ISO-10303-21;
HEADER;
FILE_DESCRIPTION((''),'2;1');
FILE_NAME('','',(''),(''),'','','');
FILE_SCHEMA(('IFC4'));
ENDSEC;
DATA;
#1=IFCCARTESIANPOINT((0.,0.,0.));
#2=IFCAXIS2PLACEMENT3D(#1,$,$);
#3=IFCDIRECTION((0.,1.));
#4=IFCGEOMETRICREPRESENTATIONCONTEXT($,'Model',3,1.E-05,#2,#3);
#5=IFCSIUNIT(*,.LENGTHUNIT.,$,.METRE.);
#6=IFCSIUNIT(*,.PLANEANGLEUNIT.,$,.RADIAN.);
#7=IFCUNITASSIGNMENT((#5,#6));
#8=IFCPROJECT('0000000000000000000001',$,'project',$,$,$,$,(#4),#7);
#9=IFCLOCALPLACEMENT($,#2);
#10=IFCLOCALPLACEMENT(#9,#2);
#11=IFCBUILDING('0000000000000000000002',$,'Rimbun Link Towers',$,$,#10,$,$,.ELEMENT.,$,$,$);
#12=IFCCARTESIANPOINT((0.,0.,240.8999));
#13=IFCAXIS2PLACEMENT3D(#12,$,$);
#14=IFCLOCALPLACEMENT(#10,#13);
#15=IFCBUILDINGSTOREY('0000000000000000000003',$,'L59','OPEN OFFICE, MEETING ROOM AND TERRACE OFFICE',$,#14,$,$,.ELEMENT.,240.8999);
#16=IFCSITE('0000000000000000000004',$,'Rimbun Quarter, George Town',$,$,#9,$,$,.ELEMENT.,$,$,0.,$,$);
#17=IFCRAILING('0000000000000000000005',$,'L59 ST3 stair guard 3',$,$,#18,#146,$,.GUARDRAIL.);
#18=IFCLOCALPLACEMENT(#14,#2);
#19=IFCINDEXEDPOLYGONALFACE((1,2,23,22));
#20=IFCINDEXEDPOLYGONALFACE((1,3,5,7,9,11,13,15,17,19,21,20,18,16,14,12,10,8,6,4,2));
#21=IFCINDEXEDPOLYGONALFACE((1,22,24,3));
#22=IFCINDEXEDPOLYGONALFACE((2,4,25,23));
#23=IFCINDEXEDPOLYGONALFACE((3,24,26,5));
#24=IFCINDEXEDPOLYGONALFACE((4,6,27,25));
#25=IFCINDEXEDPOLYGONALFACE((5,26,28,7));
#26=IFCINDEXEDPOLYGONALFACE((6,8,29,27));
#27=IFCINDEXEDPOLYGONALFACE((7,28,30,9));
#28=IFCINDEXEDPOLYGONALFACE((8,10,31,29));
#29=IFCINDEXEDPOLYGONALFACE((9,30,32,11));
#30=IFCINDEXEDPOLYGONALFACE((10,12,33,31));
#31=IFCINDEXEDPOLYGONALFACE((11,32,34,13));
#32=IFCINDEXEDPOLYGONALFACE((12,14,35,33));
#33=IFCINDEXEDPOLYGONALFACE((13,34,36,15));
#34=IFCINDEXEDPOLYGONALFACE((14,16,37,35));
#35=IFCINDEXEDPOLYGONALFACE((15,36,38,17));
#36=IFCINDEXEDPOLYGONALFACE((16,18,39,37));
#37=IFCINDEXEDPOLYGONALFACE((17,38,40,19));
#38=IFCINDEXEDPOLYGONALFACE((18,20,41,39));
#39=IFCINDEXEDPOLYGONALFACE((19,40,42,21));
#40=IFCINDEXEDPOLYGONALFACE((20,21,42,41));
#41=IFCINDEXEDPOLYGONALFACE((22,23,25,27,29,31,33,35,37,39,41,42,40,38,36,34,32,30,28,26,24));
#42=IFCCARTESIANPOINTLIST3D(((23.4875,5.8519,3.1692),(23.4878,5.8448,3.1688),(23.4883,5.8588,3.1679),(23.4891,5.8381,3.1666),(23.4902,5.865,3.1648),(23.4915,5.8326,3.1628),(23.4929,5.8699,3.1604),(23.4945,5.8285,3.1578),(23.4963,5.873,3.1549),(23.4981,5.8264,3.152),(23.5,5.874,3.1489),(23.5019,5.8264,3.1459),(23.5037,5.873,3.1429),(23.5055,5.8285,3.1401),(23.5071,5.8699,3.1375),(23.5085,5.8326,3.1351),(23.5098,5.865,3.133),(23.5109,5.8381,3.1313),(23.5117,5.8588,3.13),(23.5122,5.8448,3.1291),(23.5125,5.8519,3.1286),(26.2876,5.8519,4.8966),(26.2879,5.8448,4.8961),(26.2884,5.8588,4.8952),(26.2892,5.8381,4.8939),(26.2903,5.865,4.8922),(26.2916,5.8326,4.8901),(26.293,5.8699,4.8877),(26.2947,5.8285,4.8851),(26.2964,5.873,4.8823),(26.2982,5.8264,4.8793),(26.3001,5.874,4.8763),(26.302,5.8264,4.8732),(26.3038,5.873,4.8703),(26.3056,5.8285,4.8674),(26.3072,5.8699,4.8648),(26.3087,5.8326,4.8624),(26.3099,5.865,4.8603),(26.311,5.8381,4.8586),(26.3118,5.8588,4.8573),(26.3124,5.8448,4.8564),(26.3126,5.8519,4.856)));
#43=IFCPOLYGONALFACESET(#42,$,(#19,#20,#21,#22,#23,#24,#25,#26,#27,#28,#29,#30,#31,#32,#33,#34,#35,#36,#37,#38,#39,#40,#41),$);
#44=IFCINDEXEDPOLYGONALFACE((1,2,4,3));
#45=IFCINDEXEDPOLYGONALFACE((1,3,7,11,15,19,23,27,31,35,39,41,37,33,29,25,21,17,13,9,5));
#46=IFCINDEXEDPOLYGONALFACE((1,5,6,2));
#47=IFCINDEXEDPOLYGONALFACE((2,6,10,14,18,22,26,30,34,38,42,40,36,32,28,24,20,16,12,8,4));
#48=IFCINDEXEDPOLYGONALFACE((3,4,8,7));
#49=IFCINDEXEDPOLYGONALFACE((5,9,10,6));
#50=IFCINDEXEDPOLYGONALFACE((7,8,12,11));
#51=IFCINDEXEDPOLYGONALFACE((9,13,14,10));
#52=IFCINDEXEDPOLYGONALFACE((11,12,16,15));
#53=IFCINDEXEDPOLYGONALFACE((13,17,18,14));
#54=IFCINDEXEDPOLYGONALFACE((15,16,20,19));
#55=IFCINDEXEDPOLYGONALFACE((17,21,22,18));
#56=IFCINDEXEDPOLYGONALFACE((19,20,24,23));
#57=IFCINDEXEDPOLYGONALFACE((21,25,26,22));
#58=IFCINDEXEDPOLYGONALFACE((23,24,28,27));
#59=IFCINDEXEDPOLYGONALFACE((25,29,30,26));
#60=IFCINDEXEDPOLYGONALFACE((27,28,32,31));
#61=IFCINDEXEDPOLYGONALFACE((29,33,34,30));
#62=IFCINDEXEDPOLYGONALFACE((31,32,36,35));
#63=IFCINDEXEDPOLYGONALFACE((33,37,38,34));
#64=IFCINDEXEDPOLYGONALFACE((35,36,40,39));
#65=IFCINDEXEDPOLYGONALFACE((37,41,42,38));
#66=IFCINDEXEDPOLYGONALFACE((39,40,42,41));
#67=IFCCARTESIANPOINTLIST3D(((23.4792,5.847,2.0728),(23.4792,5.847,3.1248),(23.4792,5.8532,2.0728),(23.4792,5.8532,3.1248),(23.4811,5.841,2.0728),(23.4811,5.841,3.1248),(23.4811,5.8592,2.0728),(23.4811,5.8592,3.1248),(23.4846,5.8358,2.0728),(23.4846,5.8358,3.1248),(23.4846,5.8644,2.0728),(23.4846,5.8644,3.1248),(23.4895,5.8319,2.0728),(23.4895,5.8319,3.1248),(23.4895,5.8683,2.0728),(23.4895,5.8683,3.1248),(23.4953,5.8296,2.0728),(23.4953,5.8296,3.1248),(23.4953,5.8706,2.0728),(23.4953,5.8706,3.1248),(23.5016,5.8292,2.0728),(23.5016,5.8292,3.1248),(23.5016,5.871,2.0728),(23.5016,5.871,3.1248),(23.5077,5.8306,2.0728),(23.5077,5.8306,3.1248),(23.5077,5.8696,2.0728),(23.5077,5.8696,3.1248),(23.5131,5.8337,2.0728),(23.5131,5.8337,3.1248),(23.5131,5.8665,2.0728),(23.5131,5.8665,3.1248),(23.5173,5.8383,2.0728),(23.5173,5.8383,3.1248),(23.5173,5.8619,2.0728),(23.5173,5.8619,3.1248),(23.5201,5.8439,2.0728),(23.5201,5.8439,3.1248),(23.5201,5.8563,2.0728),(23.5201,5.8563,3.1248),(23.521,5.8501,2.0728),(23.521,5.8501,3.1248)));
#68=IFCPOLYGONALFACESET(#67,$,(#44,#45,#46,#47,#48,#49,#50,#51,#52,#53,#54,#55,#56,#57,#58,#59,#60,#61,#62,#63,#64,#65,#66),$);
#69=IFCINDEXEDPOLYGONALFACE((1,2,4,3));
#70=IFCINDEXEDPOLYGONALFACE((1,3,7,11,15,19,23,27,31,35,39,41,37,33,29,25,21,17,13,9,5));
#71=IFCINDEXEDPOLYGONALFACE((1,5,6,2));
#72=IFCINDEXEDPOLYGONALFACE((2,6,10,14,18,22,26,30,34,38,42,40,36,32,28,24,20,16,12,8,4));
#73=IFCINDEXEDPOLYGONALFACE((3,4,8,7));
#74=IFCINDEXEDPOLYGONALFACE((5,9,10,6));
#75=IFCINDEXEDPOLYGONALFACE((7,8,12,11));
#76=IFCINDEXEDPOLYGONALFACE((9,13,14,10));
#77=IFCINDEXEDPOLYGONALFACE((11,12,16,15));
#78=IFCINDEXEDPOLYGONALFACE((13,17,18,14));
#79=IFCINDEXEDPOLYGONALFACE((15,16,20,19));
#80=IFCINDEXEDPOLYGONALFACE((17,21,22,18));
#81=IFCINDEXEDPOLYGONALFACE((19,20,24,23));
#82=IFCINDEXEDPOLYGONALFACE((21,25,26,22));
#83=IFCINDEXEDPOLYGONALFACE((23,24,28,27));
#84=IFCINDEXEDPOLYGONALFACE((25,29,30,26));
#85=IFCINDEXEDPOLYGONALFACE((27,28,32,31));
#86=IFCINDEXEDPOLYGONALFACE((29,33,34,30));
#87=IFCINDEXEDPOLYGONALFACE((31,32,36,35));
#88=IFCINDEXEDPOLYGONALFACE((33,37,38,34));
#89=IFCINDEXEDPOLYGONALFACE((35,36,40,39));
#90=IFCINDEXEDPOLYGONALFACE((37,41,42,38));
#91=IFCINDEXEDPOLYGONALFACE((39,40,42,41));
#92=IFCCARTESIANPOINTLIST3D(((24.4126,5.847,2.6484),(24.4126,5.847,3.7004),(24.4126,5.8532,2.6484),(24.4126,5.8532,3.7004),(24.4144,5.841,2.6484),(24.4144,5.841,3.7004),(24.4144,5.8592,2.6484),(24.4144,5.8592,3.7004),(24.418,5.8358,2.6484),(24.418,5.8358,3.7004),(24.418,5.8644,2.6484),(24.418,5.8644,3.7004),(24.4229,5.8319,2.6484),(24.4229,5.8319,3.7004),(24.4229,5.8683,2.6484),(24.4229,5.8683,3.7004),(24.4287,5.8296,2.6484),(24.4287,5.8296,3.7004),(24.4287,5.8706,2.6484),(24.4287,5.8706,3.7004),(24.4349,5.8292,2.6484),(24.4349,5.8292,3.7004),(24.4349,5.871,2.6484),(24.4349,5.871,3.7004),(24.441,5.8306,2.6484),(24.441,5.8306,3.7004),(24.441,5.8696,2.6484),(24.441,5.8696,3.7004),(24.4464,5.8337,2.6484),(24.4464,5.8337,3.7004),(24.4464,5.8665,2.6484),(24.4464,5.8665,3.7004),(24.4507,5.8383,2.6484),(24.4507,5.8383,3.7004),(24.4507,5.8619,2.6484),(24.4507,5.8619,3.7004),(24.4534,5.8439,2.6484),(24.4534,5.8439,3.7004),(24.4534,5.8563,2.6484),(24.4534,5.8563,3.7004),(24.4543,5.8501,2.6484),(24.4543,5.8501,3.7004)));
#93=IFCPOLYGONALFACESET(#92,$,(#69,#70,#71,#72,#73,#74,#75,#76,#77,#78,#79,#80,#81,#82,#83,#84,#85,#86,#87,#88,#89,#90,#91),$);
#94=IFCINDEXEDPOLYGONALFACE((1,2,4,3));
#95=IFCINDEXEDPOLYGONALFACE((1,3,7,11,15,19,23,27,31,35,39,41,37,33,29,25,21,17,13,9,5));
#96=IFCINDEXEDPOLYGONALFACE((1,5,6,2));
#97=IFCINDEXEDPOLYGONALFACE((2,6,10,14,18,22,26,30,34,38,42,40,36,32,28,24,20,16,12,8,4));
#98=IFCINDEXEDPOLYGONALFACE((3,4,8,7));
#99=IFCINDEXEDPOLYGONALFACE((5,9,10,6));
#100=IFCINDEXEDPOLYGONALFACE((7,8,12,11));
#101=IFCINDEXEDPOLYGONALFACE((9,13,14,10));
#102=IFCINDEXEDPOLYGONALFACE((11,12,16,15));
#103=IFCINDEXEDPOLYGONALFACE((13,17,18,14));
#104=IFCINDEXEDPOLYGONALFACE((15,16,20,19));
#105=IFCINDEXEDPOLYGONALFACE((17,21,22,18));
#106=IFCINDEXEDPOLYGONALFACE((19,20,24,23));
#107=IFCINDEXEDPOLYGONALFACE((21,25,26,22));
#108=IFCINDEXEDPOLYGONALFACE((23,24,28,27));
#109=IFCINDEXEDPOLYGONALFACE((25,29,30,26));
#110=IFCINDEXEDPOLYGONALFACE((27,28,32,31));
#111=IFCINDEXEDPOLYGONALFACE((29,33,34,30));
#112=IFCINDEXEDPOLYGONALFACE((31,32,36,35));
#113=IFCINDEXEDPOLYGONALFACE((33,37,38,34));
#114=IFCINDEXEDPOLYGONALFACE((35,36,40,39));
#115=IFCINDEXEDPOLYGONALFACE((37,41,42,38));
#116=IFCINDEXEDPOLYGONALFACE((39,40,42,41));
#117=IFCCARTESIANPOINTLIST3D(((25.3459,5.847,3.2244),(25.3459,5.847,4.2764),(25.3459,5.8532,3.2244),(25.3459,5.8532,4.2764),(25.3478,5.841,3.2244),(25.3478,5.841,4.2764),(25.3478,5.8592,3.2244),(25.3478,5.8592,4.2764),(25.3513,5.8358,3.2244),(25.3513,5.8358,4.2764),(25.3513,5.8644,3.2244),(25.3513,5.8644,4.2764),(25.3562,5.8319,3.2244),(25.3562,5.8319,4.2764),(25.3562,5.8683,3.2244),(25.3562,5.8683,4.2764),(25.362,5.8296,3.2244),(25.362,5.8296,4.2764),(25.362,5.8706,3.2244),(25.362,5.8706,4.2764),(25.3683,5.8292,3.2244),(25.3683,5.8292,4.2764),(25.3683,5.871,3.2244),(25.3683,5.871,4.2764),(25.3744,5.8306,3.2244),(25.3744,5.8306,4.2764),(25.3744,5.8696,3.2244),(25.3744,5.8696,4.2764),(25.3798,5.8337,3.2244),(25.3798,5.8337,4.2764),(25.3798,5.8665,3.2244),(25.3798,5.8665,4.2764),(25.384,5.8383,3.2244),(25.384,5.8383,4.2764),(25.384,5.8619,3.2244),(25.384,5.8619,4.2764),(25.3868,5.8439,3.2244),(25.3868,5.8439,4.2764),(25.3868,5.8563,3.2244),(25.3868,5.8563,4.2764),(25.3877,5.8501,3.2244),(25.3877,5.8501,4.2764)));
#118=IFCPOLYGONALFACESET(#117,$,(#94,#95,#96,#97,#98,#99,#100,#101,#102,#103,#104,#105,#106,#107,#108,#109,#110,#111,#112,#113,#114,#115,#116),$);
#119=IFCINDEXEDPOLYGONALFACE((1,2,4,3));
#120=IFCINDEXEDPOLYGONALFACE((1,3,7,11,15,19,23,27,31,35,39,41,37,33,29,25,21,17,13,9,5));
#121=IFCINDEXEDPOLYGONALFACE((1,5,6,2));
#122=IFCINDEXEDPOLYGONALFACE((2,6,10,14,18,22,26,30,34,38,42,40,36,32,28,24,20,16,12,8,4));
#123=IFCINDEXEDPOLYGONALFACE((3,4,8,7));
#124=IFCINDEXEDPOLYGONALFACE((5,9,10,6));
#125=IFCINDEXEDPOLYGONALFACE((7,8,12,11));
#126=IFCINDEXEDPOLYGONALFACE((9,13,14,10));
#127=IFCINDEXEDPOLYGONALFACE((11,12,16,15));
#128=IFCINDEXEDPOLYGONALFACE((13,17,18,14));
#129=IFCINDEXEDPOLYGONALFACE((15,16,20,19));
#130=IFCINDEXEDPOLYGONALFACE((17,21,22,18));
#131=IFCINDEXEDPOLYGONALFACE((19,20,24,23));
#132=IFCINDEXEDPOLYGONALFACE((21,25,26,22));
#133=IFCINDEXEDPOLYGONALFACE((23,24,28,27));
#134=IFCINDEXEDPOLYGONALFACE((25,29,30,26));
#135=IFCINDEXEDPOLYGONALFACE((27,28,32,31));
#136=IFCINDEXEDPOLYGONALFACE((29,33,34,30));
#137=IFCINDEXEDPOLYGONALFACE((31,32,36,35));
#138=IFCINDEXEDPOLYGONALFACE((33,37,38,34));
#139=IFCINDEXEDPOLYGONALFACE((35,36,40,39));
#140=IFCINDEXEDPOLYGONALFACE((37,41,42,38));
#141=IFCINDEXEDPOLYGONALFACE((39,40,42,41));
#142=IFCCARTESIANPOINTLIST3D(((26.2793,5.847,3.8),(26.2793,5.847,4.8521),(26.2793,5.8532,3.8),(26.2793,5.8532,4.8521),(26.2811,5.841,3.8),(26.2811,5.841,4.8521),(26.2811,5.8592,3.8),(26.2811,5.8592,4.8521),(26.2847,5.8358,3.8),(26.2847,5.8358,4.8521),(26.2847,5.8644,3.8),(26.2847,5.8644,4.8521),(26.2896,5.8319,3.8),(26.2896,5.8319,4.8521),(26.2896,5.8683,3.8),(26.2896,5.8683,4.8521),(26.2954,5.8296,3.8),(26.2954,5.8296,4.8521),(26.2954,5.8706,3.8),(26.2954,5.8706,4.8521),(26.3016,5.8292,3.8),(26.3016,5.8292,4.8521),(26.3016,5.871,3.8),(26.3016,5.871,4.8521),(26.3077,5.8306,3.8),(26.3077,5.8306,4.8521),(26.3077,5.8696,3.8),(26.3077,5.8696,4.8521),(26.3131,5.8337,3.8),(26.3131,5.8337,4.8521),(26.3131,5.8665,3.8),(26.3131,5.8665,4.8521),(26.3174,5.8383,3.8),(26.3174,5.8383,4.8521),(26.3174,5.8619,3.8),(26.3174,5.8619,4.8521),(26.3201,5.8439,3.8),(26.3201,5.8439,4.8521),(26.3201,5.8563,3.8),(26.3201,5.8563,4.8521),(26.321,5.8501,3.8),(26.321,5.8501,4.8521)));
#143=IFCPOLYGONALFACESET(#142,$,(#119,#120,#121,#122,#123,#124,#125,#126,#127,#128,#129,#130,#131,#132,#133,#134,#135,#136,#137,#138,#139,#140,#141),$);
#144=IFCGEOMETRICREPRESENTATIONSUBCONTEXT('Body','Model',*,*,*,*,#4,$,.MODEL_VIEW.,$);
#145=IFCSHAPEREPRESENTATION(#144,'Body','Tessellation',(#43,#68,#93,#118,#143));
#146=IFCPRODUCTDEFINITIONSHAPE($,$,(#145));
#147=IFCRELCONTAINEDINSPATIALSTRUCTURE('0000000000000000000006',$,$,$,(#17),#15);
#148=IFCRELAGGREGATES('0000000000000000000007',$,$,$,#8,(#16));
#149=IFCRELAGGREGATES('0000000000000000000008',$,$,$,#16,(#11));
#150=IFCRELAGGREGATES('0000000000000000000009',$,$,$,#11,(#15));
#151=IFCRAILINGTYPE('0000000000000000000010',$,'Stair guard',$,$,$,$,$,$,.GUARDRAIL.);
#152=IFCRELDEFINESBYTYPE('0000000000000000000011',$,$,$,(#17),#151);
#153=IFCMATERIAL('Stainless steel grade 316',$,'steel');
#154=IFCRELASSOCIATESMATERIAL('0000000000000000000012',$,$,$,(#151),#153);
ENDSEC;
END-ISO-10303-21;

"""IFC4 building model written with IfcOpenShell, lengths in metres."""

from ifc_helpers import new_model, si_unit, direction, frame, origin, origin_2d, place, context, subcontext, project, spatial, circle, extrude, material, type_object, element, save


model = new_model("IFC4")

# Units and contexts
model_context = context("Model", 3, precision=1e-05, world=origin(), true_north=direction((0.0, 1.0)))
body_context = subcontext(model_context, "Body", "Model", "MODEL_VIEW")
ifc_project = project(units=[si_unit("LENGTHUNIT", "METRE"), si_unit("PLANEANGLEUNIT", "RADIAN")], contexts=[model_context])

# Site, building, storey
site_placement = place(None, origin())
site = spatial("IfcSite", under=ifc_project, at=site_placement, Name="Rimbun Quarter, George Town", CompositionType="ELEMENT", RefElevation=0.0)
building_placement = place(site_placement, origin())
building = spatial("IfcBuilding", under=site, at=building_placement, Name="Rimbun Link Towers", CompositionType="ELEMENT")
storey_placement = place(building_placement, frame((0.0, 0.0, 240.8999)))
storey = spatial("IfcBuildingStorey", under=building, at=storey_placement, Name="L59", Description="OPEN OFFICE, MEETING ROOM AND TERRACE OFFICE", CompositionType="ELEMENT", Elevation=240.8999)

# Railing
ifc_material_1 = material(Name="Stainless steel grade 316", Category="steel")
railing_type_1 = type_object("IfcRailingType", Name="Stair guard", PredefinedType="GUARDRAIL", material=ifc_material_1)
railing_1_placement = place(storey_placement, frame((23.5, 5.8501, 2.0728)))
element("IfcRailing", 1, at=railing_1_placement, inside=storey, type_object=railing_type_1, Name="L59 ST3 stair guard 3", PredefinedType="GUARDRAIL", context=body_context, shape_type="SweptSolid", body=[
    extrude(circle(Radius=0.0239, at=origin_2d()), frame((0.0, 0.0, 1.0762), z_axis=(0.85109, 0.0, 0.52502), x_axis=(0.0, 1.0, 0.0)), (0.0, 0.0, 1.0), 3.29),
    extrude(circle(Radius=0.021, at=origin_2d()), origin(), (0.0, 0.0, 1.0), 1.052),
    extrude(circle(Radius=0.021, at=origin_2d()), frame((0.9333, 0.0, 0.5757)), (0.0, 0.0, 1.0), 1.052),
    extrude(circle(Radius=0.021, at=origin_2d()), frame((1.8667, 0.0, 1.1516)), (0.0, 0.0, 1.0), 1.052),
    extrude(circle(Radius=0.021, at=origin_2d()), frame((2.8, 0.0, 1.7273)), (0.0, 0.0, 1.0), 1.052),
])

save(model, "model.ifc")
